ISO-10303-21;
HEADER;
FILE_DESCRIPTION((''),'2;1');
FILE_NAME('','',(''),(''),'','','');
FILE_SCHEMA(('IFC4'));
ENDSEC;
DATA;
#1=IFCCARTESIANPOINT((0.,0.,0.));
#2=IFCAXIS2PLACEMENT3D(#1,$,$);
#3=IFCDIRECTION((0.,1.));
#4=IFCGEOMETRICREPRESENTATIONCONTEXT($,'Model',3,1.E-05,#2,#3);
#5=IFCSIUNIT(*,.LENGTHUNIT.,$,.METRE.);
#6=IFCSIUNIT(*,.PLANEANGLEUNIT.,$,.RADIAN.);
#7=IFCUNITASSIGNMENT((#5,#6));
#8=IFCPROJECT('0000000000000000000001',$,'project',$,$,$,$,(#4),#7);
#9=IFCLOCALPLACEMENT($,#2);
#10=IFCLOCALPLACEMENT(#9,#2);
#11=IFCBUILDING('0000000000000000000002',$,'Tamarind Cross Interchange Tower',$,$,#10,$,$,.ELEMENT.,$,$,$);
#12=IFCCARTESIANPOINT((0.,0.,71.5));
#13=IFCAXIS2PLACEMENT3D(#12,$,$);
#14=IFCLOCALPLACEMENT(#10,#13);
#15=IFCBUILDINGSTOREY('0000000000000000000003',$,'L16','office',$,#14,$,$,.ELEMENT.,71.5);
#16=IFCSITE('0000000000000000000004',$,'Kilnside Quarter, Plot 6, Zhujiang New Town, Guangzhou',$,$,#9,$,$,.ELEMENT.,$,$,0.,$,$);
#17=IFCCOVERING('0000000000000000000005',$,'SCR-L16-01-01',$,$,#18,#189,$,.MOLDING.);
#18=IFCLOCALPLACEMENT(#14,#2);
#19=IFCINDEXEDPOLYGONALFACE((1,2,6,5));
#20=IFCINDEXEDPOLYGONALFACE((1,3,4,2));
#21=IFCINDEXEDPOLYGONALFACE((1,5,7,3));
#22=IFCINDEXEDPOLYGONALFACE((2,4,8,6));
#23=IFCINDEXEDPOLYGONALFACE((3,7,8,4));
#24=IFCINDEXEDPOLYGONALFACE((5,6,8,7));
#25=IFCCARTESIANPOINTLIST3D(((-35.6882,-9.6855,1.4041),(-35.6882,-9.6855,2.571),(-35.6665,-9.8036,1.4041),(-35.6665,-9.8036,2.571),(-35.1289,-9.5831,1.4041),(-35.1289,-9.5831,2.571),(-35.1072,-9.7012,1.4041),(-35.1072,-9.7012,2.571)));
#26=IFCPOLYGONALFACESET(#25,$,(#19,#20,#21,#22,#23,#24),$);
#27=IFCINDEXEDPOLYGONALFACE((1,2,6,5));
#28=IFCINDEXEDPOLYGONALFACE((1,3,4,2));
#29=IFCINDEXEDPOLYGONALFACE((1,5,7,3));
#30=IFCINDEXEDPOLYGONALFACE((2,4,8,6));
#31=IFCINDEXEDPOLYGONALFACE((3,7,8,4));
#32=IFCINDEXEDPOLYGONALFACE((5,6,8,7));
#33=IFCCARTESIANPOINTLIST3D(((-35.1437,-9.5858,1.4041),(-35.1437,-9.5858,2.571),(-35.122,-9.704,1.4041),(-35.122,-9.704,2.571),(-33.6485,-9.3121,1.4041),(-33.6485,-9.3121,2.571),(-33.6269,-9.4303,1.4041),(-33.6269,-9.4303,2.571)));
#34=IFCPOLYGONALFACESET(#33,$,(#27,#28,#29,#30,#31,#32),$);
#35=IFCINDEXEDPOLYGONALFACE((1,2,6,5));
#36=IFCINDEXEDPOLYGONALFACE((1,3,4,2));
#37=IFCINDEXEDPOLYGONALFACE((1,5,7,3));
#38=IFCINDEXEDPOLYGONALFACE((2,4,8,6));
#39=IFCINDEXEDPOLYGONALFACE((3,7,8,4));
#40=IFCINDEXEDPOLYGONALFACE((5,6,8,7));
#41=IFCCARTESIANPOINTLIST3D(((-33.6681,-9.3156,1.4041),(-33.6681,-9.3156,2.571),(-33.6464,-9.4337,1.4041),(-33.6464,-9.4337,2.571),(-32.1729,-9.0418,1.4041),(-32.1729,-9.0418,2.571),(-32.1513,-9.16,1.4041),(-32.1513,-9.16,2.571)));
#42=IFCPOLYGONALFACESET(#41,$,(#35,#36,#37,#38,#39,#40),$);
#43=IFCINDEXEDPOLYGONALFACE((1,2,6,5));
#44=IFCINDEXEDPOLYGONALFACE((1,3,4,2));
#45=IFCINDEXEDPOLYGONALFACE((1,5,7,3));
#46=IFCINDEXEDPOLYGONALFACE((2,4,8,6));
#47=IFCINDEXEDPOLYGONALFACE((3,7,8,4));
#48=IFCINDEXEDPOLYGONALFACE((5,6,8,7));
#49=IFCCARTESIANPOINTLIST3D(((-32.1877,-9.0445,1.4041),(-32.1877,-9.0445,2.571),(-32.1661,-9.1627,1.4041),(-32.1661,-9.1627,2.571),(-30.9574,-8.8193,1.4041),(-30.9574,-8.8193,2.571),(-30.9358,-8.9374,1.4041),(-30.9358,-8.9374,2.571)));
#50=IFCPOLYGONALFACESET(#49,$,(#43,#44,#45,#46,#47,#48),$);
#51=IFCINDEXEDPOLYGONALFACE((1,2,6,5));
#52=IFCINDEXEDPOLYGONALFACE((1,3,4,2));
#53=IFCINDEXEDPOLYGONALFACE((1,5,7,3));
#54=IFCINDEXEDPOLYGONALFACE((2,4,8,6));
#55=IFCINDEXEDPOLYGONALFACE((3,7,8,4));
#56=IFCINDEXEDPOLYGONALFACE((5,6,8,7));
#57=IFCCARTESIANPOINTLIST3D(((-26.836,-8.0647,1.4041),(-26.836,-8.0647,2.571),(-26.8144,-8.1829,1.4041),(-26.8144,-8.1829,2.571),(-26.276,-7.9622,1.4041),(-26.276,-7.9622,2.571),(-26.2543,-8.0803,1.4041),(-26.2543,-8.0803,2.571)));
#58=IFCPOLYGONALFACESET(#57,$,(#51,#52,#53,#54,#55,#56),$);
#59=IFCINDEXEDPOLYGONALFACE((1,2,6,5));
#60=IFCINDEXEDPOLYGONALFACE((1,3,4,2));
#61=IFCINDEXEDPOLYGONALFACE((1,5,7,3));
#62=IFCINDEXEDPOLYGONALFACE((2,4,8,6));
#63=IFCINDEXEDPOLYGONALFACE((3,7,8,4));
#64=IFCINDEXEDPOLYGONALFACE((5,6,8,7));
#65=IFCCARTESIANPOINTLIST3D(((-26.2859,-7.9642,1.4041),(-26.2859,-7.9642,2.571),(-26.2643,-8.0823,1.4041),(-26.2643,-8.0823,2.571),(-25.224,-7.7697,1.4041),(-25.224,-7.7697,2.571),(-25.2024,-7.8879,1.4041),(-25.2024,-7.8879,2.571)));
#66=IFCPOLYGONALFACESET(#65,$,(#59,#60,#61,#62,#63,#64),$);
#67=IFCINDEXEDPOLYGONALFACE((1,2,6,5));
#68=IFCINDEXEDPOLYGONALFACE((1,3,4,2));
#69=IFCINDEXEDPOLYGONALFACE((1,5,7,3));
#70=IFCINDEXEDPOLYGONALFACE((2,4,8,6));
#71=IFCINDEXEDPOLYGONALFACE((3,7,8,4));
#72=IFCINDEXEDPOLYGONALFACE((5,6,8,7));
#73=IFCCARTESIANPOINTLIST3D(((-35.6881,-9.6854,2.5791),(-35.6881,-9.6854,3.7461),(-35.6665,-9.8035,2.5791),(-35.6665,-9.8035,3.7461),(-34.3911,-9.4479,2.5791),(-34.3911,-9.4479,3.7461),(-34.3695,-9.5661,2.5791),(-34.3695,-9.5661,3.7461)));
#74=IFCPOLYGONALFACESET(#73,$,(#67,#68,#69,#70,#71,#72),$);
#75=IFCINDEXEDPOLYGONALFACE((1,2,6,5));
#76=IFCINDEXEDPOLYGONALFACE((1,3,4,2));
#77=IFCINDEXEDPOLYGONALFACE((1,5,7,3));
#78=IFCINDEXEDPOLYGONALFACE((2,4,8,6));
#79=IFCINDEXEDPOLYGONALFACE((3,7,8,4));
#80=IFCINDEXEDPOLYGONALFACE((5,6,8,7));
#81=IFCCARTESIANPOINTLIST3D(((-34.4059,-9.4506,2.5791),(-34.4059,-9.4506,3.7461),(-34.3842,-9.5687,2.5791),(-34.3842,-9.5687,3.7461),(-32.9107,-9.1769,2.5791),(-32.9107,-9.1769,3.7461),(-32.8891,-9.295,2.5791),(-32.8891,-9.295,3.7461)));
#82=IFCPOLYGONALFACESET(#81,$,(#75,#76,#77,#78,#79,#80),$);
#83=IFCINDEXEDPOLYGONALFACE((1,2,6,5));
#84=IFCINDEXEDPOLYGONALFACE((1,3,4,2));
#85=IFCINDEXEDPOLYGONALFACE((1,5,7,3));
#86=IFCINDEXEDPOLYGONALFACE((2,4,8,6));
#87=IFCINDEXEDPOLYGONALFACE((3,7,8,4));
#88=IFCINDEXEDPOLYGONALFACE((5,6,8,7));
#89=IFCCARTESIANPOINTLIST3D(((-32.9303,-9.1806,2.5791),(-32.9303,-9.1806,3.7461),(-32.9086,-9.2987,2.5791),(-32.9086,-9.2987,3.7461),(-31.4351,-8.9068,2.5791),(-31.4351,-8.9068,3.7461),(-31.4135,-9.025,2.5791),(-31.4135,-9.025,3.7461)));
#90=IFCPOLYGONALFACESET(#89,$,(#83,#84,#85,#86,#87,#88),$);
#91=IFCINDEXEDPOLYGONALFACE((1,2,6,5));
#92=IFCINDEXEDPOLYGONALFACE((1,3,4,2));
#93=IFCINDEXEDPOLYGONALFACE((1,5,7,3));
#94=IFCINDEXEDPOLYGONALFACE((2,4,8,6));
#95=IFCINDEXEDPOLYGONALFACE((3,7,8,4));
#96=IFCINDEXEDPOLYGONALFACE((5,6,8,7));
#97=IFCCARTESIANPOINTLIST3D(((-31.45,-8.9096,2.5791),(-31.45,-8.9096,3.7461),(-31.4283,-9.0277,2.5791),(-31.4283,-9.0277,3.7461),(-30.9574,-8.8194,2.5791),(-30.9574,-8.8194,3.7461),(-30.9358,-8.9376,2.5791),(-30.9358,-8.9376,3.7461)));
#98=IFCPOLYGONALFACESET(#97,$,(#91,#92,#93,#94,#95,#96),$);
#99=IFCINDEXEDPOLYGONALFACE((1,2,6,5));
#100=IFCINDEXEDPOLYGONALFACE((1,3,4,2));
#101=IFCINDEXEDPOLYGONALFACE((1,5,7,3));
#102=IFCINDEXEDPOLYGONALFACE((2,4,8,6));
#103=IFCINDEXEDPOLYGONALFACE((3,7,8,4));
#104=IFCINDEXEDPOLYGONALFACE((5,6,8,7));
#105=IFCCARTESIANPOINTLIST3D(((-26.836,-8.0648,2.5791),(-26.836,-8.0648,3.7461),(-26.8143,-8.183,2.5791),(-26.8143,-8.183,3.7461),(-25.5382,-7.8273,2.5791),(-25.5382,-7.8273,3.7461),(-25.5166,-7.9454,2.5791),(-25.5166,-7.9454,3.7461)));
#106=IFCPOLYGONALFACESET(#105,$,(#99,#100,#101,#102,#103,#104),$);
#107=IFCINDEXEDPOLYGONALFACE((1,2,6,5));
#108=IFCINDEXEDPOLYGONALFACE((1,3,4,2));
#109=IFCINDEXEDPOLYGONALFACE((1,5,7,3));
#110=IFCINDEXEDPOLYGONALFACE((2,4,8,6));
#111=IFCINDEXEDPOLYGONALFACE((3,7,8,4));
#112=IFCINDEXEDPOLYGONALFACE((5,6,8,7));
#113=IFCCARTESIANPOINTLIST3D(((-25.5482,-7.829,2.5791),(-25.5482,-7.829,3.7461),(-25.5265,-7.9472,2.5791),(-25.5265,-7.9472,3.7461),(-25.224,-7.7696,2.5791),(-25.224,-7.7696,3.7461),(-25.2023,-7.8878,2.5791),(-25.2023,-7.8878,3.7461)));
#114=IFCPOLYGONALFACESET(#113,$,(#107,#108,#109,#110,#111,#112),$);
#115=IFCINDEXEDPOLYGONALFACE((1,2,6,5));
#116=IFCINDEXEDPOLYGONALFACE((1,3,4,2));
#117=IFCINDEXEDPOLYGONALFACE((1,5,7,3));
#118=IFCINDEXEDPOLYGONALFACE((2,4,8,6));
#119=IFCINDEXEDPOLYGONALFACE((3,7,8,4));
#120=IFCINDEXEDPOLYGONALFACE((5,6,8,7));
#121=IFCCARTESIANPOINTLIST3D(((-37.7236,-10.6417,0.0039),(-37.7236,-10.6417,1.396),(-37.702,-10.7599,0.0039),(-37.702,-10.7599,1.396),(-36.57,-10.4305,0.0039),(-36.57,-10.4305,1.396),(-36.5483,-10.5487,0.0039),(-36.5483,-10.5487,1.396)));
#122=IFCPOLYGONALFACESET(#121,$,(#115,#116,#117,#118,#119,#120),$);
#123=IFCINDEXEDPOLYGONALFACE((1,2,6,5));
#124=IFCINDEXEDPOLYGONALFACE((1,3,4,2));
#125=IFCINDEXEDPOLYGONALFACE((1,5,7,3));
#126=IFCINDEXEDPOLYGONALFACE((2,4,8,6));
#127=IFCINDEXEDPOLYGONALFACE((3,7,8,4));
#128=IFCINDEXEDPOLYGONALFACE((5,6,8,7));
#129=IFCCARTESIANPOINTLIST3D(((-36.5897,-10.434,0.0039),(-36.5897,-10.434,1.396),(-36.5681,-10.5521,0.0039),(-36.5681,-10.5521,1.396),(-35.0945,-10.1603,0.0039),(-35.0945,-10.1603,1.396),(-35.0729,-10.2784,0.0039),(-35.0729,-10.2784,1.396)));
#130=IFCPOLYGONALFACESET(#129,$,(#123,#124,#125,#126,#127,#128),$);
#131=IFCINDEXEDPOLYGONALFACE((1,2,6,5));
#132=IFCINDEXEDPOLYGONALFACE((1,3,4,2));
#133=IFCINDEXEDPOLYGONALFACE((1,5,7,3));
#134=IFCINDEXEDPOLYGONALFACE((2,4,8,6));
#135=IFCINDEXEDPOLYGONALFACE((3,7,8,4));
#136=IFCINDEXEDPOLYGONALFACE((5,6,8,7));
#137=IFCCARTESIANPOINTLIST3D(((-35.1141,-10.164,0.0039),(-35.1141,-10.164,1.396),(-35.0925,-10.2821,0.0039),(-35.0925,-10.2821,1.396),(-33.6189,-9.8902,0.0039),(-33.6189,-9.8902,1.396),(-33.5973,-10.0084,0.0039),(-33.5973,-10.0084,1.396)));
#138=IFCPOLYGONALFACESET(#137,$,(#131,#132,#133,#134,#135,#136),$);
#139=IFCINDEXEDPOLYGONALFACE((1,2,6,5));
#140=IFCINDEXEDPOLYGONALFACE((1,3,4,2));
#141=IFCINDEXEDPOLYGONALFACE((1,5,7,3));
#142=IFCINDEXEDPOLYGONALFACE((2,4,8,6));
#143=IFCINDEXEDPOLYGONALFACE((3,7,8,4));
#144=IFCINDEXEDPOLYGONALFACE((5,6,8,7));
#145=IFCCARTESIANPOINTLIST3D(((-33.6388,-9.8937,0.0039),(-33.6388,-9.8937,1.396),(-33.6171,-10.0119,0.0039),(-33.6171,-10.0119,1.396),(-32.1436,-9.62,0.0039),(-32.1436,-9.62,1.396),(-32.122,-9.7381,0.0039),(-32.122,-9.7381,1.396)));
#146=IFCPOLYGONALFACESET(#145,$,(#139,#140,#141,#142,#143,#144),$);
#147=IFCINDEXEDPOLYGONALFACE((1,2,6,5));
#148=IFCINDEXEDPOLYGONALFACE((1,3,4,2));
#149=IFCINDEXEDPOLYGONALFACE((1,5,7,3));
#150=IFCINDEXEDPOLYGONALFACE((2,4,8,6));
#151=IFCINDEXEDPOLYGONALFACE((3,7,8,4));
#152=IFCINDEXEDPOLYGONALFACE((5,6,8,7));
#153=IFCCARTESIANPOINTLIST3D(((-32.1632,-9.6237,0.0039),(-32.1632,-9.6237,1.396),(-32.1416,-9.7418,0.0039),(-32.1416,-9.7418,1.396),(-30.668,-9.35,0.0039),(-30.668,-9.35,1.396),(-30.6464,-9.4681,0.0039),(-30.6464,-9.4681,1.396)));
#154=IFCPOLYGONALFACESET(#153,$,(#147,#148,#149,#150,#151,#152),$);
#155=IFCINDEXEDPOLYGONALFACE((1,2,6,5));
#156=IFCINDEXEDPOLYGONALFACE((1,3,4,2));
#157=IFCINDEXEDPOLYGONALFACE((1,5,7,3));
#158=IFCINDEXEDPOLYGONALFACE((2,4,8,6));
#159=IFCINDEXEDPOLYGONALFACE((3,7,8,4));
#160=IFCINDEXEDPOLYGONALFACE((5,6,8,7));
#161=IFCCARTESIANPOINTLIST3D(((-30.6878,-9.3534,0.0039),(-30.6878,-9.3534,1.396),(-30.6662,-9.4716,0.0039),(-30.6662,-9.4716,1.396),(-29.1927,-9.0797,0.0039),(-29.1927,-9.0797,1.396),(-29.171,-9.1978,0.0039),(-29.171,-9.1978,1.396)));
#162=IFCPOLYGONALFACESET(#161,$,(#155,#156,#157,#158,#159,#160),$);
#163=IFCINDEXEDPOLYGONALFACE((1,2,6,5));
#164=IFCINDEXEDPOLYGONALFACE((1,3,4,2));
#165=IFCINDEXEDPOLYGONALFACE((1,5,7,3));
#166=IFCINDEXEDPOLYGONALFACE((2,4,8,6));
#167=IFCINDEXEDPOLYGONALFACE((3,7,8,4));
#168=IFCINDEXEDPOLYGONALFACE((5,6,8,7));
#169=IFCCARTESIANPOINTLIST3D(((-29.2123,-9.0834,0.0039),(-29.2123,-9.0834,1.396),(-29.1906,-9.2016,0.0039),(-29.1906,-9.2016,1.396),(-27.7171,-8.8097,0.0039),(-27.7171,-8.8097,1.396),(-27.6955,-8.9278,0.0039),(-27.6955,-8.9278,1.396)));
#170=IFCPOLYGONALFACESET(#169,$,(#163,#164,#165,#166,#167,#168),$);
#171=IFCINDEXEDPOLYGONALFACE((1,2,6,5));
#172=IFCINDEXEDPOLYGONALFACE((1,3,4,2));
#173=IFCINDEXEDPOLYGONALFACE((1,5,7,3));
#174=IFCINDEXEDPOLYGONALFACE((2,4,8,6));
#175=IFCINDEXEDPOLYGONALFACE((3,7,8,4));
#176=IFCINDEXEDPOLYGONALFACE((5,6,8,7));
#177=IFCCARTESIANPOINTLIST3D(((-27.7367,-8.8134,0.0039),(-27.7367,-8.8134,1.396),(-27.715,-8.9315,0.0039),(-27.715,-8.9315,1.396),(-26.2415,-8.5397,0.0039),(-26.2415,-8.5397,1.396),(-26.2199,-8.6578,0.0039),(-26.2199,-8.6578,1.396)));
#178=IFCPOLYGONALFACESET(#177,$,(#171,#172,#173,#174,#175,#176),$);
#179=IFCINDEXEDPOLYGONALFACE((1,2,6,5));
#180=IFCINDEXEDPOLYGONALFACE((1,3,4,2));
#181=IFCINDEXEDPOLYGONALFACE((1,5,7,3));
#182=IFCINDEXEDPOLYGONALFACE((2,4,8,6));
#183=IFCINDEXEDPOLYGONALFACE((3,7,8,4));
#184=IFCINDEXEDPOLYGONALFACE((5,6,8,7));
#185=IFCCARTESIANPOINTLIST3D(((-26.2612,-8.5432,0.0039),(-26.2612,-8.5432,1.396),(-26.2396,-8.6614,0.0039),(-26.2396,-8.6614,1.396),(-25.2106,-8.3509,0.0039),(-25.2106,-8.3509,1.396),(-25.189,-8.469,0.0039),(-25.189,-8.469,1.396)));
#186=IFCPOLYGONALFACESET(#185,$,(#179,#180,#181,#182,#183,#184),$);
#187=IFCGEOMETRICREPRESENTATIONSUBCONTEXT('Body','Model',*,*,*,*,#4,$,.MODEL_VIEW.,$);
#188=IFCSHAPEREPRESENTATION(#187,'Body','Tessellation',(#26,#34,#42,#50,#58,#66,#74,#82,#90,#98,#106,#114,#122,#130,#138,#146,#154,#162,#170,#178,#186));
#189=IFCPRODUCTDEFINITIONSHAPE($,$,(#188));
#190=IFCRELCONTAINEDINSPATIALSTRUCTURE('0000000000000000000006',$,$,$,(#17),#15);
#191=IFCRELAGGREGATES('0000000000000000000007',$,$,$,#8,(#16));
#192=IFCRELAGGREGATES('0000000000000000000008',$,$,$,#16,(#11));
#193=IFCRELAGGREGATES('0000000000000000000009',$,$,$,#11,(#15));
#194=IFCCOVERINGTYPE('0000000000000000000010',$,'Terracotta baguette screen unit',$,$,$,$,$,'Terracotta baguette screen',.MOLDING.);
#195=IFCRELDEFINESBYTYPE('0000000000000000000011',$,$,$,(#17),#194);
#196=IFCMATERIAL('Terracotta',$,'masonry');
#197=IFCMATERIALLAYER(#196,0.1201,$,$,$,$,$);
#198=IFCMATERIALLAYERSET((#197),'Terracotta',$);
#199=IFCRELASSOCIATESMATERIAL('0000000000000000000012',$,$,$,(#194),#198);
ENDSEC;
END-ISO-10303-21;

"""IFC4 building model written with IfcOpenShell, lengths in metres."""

from ifc_helpers import new_model, si_unit, direction, frame, origin, origin_2d, place, context, subcontext, project, spatial, rectangle, extrude, material, layer, layer_set, type_object, element, save


model = new_model("IFC4")

# Units and contexts
model_context = context("Model", 3, precision=1e-05, world=origin(), true_north=direction((0.0, 1.0)))
body_context = subcontext(model_context, "Body", "Model", "MODEL_VIEW")
ifc_project = project(units=[si_unit("LENGTHUNIT", "METRE"), si_unit("PLANEANGLEUNIT", "RADIAN")], contexts=[model_context])

# Site, building, storey
site_placement = place(None, origin())
site = spatial("IfcSite", under=ifc_project, at=site_placement, Name="Kilnside Quarter, Plot 6, Zhujiang New Town, Guangzhou", CompositionType="ELEMENT", RefElevation=0.0)
building_placement = place(site_placement, origin())
building = spatial("IfcBuilding", under=site, at=building_placement, Name="Tamarind Cross Interchange Tower", CompositionType="ELEMENT")
storey_placement = place(building_placement, frame((0.0, 0.0, 71.5)))
storey = spatial("IfcBuildingStorey", under=building, at=storey_placement, Name="L16", Description="office", CompositionType="ELEMENT", Elevation=71.5)

# Covering
ifc_material_1 = material(Name="Terracotta", Category="masonry")
ifc_layer_1 = layer(ifc_material_1, 0.1201)
ifc_layer_set_1 = layer_set([ifc_layer_1], Name="Terracotta")
covering_type = type_object("IfcCoveringType", Name="Terracotta baguette screen unit", ElementType="Terracotta baguette screen", PredefinedType="MOLDING", material=ifc_layer_set_1)
covering_1_placement = place(storey_placement, origin())
element("IfcCovering", 1, at=covering_1_placement, inside=storey, type_object=covering_type, Name="SCR-L16-01-01", PredefinedType="MOLDING", context=body_context, shape_type="SweptSolid", body=[
    extrude(rectangle(XDim=0.5686, YDim=0.1201, at=origin_2d()), frame((-35.3977, -9.6934, 1.4041), z_axis=(0.0, 0.0, 1.0), x_axis=(0.983651, 0.180086, 0.0)), (0.0, 0.0, 1.0), 1.167),
    extrude(rectangle(XDim=1.52, YDim=0.1201, at=origin_2d()), frame((-34.3853, -9.5081, 1.4041), z_axis=(0.0, 0.0, 1.0), x_axis=(0.983651, 0.180086, 0.0)), (0.0, 0.0, 1.0), 1.167),
    extrude(rectangle(XDim=1.52, YDim=0.1201, at=origin_2d()), frame((-32.9097, -9.2378, 1.4041), z_axis=(0.0, 0.0, 1.0), x_axis=(0.983651, 0.180086, 0.0)), (0.0, 0.0, 1.0), 1.167),
    extrude(rectangle(XDim=1.2507, YDim=0.1201, at=origin_2d()), frame((-31.5618, -8.991, 1.4041), z_axis=(0.0, 0.0, 1.0), x_axis=(0.983651, 0.180086, 0.0)), (0.0, 0.0, 1.0), 1.167),
    extrude(rectangle(XDim=0.5693, YDim=0.1201, at=origin_2d()), frame((-26.5452, -8.0725, 1.4041), z_axis=(0.0, 0.0, 1.0), x_axis=(0.983651, 0.180086, 0.0)), (0.0, 0.0, 1.0), 1.167),
    extrude(rectangle(XDim=1.0796, YDim=0.1201, at=origin_2d()), frame((-25.7441, -7.926, 1.4041), z_axis=(0.0, 0.0, 1.0), x_axis=(0.983651, 0.180086, 0.0)), (0.0, 0.0, 1.0), 1.167),
    extrude(rectangle(XDim=1.3186, YDim=0.1201, at=origin_2d()), frame((-35.0288, -9.6257, 2.5791), z_axis=(0.0, 0.0, 1.0), x_axis=(0.983651, 0.180086, 0.0)), (0.0, 0.0, 1.0), 1.167),
    extrude(rectangle(XDim=1.52, YDim=0.1201, at=origin_2d()), frame((-33.6475, -9.3728, 2.5791), z_axis=(0.0, 0.0, 1.0), x_axis=(0.983651, 0.180086, 0.0)), (0.0, 0.0, 1.0), 1.167),
    extrude(rectangle(XDim=1.52, YDim=0.1201, at=origin_2d()), frame((-32.1719, -9.1028, 2.5791), z_axis=(0.0, 0.0, 1.0), x_axis=(0.983651, 0.180086, 0.0)), (0.0, 0.0, 1.0), 1.167),
    extrude(rectangle(XDim=0.5007, YDim=0.1201, at=origin_2d()), frame((-31.1929, -8.9236, 2.5791), z_axis=(0.0, 0.0, 1.0), x_axis=(0.983651, 0.180086, 0.0)), (0.0, 0.0, 1.0), 1.167),
    extrude(rectangle(XDim=1.3193, YDim=0.1201, at=origin_2d()), frame((-26.1763, -8.0051, 2.5791), z_axis=(0.0, 0.0, 1.0), x_axis=(0.983651, 0.180086, 0.0)), (0.0, 0.0, 1.0), 1.167),
    extrude(rectangle(XDim=0.3296, YDim=0.1201, at=origin_2d()), frame((-25.3752, -7.8584, 2.5791), z_axis=(0.0, 0.0, 1.0), x_axis=(0.983651, 0.180086, 0.0)), (0.0, 0.0, 1.0), 1.167),
    extrude(rectangle(XDim=1.1729, YDim=0.1201, at=origin_2d()), frame((-37.136, -10.5952, 0.0039), z_axis=(0.0, 0.0, 1.0), x_axis=(0.983651, 0.180086, 0.0)), (0.0, 0.0, 1.0), 1.3921),
    extrude(rectangle(XDim=1.52, YDim=0.1201, at=origin_2d()), frame((-35.8313, -10.3562, 0.0039), z_axis=(0.0, 0.0, 1.0), x_axis=(0.983651, 0.180086, 0.0)), (0.0, 0.0, 1.0), 1.3921),
    extrude(rectangle(XDim=1.52, YDim=0.1201, at=origin_2d()), frame((-34.3557, -10.0862, 0.0039), z_axis=(0.0, 0.0, 1.0), x_axis=(0.983651, 0.180086, 0.0)), (0.0, 0.0, 1.0), 1.3921),
    extrude(rectangle(XDim=1.52, YDim=0.1201, at=origin_2d()), frame((-32.8804, -9.8159, 0.0039), z_axis=(0.0, 0.0, 1.0), x_axis=(0.983651, 0.180086, 0.0)), (0.0, 0.0, 1.0), 1.3921),
    extrude(rectangle(XDim=1.52, YDim=0.1201, at=origin_2d()), frame((-31.4048, -9.5459, 0.0039), z_axis=(0.0, 0.0, 1.0), x_axis=(0.983651, 0.180086, 0.0)), (0.0, 0.0, 1.0), 1.3921),
    extrude(rectangle(XDim=1.52, YDim=0.1201, at=origin_2d()), frame((-29.9294, -9.2756, 0.0039), z_axis=(0.0, 0.0, 1.0), x_axis=(0.983651, 0.180086, 0.0)), (0.0, 0.0, 1.0), 1.3921),
    extrude(rectangle(XDim=1.52, YDim=0.1201, at=origin_2d()), frame((-28.4539, -9.0056, 0.0039), z_axis=(0.0, 0.0, 1.0), x_axis=(0.983651, 0.180086, 0.0)), (0.0, 0.0, 1.0), 1.3921),
    extrude(rectangle(XDim=1.52, YDim=0.1201, at=origin_2d()), frame((-26.9783, -8.7356, 0.0039), z_axis=(0.0, 0.0, 1.0), x_axis=(0.983651, 0.180086, 0.0)), (0.0, 0.0, 1.0), 1.3921),
    extrude(rectangle(XDim=1.0681, YDim=0.1201, at=origin_2d()), frame((-25.7251, -8.5061, 0.0039), z_axis=(0.0, 0.0, 1.0), x_axis=(0.983651, 0.180086, 0.0)), (0.0, 0.0, 1.0), 1.3921),
])

save(model, "model.ifc")
